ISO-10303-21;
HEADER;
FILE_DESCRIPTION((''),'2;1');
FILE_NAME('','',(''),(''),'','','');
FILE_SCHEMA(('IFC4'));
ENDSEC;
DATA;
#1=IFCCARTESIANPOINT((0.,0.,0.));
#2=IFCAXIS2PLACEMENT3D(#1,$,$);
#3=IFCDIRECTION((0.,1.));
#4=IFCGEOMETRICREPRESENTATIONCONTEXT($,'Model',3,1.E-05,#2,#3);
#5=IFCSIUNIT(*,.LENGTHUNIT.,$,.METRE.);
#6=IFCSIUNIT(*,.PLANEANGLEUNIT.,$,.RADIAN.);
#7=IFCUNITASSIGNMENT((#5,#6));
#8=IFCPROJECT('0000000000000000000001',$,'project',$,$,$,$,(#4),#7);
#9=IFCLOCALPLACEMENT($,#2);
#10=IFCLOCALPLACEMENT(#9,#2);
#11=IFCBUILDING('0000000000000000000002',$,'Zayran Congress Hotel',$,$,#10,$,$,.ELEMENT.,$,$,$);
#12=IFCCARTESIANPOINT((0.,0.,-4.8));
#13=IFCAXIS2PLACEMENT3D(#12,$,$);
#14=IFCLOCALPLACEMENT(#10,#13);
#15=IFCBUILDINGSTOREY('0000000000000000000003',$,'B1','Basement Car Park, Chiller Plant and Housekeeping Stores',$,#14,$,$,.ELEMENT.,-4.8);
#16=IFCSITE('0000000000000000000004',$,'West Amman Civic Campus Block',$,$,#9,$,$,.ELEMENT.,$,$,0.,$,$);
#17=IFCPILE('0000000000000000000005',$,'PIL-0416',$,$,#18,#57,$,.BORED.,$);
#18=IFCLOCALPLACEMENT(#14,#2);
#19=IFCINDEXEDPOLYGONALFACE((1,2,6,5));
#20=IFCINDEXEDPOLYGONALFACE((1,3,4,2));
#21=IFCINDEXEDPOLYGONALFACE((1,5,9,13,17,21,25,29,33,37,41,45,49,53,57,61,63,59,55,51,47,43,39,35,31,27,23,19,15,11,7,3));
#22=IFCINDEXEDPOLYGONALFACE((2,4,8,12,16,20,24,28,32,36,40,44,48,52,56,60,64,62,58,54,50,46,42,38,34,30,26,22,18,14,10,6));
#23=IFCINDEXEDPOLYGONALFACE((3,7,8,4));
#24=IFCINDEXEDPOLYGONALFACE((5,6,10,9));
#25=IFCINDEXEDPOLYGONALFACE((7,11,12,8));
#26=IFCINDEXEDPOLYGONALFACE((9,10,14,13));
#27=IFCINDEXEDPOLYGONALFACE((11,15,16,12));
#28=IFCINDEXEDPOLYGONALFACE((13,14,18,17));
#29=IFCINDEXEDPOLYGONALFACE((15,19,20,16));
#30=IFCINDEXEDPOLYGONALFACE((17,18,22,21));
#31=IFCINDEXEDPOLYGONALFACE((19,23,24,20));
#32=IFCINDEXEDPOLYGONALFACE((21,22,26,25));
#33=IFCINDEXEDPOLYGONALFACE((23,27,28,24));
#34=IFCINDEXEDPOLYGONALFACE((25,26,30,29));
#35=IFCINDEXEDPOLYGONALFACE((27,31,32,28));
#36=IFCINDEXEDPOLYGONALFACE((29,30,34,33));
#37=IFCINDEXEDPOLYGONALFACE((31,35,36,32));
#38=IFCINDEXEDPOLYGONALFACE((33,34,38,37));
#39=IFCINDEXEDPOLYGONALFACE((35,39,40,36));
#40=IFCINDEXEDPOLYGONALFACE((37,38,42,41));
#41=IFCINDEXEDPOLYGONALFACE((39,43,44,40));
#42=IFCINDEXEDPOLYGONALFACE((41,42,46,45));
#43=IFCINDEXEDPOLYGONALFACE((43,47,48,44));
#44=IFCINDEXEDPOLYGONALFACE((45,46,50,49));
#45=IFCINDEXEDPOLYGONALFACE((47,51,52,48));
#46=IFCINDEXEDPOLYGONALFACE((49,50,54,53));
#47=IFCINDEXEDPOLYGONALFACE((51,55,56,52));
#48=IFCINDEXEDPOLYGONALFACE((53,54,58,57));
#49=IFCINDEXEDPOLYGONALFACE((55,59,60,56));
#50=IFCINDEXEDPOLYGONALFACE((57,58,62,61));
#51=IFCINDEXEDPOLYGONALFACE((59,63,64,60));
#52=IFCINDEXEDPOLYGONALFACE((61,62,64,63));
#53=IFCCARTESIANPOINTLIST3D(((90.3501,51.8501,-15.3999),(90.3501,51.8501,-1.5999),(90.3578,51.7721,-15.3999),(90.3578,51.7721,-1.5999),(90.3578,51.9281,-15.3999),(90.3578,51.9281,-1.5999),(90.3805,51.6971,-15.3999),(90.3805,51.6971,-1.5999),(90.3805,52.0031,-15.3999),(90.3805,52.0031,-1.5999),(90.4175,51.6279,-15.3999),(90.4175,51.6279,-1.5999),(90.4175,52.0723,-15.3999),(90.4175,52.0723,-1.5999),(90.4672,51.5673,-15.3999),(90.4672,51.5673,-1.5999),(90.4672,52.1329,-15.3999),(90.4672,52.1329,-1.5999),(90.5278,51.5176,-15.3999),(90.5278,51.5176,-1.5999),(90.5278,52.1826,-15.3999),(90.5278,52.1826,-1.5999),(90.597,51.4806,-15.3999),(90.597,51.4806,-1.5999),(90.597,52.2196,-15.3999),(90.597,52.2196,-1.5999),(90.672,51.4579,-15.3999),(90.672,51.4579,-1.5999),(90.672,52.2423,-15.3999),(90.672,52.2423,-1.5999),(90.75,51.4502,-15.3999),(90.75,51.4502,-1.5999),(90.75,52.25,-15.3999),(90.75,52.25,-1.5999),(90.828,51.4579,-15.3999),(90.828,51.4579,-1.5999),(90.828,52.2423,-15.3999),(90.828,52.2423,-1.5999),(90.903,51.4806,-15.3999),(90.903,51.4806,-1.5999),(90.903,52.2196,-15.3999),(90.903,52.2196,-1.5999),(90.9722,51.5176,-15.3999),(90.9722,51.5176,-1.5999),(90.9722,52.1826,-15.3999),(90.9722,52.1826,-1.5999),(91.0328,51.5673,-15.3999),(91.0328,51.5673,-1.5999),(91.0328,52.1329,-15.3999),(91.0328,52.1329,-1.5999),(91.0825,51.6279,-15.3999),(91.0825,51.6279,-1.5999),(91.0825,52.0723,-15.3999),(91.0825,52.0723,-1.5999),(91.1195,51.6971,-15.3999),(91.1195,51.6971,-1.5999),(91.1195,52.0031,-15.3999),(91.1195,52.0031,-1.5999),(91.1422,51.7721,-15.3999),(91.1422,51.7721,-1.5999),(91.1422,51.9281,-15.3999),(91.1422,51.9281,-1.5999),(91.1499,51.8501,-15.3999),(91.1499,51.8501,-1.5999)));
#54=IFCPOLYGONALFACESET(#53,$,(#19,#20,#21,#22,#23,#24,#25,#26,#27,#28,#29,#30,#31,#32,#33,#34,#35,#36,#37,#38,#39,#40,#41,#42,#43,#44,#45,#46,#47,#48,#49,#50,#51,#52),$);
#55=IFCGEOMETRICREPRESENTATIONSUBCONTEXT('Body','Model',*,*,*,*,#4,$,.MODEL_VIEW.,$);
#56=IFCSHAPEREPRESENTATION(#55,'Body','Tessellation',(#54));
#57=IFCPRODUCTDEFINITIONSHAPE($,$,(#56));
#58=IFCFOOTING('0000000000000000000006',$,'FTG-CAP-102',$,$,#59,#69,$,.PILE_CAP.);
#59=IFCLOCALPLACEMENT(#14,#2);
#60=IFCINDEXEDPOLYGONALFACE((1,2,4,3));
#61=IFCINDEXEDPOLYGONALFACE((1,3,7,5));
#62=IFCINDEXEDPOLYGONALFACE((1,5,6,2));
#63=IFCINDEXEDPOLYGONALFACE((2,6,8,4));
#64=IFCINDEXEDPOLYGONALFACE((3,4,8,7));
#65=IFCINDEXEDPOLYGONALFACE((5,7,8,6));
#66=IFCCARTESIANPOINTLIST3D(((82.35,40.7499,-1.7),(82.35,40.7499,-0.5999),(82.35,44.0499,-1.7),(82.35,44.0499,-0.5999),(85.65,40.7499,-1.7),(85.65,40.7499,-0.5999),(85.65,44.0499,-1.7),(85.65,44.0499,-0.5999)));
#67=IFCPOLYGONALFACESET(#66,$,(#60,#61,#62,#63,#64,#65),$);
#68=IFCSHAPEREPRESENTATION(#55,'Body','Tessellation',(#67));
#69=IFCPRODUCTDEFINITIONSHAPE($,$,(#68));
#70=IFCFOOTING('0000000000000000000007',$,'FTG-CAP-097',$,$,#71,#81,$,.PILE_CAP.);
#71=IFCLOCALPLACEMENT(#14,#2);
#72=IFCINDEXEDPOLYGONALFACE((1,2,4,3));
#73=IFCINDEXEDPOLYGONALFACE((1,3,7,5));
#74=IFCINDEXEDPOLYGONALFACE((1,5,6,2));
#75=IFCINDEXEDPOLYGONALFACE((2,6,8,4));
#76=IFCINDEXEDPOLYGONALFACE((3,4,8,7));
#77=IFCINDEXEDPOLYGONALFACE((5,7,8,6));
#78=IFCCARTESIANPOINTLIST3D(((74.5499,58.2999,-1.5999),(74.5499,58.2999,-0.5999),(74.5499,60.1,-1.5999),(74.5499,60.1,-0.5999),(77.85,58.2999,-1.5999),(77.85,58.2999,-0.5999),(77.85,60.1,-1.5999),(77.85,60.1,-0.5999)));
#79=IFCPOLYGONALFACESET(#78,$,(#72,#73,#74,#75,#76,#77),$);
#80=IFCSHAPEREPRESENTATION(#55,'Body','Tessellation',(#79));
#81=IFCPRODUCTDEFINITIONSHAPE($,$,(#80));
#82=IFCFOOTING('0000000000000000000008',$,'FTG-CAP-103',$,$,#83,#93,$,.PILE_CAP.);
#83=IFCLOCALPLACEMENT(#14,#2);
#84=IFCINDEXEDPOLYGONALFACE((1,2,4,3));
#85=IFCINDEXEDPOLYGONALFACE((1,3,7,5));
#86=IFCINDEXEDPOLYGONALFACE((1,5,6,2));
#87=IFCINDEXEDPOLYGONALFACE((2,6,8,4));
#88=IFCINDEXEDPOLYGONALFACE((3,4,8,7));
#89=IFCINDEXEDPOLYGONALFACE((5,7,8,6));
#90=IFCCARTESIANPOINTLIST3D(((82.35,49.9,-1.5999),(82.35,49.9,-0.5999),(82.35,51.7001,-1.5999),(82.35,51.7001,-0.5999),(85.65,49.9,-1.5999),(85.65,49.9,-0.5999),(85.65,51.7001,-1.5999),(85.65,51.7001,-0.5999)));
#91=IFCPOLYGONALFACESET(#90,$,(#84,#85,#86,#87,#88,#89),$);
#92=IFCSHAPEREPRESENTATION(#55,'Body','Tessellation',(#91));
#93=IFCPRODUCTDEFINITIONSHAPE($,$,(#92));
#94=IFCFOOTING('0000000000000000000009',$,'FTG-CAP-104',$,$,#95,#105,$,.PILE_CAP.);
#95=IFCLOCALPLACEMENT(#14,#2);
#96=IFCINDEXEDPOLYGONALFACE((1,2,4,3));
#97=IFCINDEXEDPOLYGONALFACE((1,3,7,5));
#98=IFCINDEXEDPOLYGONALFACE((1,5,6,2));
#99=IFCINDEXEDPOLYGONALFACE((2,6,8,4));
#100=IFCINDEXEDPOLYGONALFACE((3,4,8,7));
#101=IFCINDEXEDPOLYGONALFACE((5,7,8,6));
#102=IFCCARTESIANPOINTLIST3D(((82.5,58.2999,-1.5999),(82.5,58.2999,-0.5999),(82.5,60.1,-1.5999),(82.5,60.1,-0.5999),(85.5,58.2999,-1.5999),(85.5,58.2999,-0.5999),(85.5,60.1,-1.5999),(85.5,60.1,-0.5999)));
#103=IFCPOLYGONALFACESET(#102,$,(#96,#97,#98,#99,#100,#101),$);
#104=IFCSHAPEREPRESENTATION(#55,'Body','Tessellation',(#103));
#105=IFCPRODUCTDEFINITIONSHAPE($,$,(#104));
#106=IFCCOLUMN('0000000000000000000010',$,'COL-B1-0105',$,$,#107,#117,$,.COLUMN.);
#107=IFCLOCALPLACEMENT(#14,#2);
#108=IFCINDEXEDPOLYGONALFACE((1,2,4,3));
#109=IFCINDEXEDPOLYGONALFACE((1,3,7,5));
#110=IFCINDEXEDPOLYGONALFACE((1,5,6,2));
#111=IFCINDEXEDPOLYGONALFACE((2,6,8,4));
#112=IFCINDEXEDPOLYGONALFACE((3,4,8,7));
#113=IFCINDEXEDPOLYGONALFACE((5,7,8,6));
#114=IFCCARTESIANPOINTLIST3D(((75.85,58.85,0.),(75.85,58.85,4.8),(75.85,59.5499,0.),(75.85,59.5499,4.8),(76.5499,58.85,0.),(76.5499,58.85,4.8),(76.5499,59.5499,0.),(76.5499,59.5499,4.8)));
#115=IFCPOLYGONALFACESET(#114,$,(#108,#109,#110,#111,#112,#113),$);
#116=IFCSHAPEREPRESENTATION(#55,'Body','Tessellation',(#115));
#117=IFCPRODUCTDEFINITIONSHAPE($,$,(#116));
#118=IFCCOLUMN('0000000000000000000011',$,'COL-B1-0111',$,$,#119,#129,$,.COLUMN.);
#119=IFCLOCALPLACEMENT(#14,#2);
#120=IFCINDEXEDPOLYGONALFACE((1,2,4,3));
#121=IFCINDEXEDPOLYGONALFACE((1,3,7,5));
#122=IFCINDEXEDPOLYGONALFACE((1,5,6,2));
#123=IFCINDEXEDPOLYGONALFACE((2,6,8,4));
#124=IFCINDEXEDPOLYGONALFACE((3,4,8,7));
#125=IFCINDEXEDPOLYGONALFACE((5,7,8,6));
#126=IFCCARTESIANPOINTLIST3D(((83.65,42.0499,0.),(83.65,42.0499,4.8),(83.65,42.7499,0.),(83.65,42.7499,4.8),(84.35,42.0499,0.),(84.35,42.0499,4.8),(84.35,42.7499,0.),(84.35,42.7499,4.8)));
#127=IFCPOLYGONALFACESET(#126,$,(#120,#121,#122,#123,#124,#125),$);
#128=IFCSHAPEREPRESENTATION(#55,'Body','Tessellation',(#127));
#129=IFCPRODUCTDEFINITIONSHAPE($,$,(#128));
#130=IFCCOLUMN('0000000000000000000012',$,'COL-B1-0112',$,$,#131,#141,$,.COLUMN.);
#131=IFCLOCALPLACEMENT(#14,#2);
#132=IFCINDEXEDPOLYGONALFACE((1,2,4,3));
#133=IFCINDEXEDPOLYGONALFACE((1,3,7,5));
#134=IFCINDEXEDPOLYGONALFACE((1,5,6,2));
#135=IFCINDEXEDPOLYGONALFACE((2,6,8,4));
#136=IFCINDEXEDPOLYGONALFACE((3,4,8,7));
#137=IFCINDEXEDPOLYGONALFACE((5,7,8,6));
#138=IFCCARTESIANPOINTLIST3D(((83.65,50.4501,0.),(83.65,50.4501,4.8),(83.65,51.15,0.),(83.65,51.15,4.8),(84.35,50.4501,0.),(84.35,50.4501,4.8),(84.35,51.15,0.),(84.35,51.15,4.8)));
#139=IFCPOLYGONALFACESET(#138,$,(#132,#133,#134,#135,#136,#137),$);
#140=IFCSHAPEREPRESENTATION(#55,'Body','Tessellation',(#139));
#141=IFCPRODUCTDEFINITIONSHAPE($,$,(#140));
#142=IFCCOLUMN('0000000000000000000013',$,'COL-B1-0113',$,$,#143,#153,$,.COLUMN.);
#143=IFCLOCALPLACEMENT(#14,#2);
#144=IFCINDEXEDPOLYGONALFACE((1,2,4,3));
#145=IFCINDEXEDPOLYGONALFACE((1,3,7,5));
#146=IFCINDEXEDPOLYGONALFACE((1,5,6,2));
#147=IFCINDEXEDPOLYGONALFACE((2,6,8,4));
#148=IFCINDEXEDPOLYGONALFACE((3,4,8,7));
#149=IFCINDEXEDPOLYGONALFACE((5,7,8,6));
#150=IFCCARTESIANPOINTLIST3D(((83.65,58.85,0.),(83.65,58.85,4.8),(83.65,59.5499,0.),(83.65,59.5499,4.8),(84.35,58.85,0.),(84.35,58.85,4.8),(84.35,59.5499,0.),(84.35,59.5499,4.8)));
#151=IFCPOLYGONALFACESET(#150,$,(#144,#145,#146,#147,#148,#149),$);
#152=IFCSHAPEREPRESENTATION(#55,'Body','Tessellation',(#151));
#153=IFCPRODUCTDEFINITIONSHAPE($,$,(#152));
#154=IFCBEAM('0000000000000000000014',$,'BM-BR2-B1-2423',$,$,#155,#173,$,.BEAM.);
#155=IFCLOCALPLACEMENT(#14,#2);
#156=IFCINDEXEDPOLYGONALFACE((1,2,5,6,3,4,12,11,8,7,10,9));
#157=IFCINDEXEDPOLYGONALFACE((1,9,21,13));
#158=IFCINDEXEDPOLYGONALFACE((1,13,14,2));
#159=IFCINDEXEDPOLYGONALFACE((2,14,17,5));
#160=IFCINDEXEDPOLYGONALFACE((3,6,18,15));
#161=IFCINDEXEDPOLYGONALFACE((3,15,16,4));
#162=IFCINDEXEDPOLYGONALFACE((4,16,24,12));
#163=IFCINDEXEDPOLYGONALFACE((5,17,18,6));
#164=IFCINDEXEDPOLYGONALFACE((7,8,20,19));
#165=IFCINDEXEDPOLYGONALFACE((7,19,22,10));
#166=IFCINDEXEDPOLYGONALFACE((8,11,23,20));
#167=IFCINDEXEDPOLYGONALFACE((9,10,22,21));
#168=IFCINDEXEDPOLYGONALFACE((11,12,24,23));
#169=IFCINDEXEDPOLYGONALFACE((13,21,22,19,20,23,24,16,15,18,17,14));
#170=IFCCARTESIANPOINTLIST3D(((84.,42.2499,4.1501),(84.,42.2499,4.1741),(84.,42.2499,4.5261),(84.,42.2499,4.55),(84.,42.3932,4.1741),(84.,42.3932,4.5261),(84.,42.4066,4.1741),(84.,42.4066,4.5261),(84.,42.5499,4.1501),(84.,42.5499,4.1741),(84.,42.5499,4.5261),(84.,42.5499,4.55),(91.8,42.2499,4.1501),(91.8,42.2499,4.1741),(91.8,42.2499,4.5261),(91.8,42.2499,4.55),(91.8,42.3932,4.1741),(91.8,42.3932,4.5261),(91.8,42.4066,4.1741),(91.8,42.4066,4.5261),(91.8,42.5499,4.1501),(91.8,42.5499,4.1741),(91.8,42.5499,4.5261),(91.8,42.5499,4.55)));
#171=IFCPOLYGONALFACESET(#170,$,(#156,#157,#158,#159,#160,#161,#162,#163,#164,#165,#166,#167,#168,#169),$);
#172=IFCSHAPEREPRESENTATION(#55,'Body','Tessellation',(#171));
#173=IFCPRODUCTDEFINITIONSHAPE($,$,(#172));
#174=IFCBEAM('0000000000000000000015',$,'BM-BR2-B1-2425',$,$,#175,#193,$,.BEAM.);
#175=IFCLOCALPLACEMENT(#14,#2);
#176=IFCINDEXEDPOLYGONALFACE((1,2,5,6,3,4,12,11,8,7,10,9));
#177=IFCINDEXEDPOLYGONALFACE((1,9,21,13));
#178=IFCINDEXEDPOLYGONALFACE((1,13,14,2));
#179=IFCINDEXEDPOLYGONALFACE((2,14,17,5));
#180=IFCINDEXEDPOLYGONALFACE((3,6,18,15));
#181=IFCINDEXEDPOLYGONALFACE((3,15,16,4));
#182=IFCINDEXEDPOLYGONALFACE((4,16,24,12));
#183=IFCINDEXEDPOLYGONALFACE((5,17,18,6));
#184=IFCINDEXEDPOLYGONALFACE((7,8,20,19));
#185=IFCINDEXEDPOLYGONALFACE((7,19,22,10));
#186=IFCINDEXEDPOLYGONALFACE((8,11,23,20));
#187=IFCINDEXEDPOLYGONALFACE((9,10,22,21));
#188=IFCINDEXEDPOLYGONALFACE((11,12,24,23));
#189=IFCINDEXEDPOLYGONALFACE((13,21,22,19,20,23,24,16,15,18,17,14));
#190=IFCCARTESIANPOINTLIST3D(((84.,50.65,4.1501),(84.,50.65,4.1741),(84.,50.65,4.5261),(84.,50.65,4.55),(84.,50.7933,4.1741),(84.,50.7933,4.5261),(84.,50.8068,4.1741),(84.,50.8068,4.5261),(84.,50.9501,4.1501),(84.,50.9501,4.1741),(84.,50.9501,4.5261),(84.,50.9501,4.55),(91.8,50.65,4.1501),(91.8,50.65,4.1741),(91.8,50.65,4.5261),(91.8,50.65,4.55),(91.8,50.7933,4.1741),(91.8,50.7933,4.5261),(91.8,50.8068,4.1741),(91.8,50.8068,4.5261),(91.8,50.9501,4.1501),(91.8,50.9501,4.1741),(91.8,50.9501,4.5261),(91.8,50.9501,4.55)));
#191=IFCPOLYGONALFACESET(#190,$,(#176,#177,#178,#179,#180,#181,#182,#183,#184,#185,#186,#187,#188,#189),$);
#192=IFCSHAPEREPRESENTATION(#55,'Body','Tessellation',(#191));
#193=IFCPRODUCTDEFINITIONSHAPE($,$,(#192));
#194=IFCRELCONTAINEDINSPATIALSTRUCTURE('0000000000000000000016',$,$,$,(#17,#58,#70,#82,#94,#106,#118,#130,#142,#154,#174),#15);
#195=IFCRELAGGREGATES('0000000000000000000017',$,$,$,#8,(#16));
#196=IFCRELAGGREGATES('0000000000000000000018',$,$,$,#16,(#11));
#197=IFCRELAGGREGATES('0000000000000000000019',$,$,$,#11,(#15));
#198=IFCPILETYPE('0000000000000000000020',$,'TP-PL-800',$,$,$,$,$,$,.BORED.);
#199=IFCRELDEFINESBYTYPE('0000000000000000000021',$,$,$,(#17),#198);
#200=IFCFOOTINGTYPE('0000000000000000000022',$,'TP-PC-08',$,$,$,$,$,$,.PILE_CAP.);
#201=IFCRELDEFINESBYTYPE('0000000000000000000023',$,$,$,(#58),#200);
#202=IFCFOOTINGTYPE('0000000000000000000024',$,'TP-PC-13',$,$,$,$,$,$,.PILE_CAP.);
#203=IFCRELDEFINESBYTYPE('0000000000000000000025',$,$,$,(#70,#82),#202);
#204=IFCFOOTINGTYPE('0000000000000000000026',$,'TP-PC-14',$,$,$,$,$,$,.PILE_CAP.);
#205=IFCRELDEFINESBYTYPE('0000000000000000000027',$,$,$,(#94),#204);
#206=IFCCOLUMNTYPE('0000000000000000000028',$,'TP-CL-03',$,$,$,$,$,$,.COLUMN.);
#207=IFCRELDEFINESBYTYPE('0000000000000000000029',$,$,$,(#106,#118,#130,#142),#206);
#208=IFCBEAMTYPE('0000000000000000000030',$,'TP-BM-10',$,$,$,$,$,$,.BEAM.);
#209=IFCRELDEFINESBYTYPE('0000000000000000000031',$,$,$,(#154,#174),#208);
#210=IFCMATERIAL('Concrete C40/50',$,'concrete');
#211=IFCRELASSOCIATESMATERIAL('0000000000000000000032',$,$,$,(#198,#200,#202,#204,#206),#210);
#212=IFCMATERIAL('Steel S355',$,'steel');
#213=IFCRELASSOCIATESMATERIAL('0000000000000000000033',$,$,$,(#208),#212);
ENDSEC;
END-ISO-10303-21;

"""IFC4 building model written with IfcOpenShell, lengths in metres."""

from ifc_helpers import new_model, si_unit, direction, frame, origin, origin_2d, place, context, subcontext, project, spatial, rectangle, circle, i_section, extrude, material, material_profile, profile_set, type_object, element, save


model = new_model("IFC4")

# Units and contexts
model_context = context("Model", 3, precision=1e-05, world=origin(), true_north=direction((0.0, 1.0)))
body_context = subcontext(model_context, "Body", "Model", "MODEL_VIEW")
ifc_project = project(units=[si_unit("LENGTHUNIT", "METRE"), si_unit("PLANEANGLEUNIT", "RADIAN")], contexts=[model_context])

# Site, building, storey
site_placement = place(None, origin())
site = spatial("IfcSite", under=ifc_project, at=site_placement, Name="West Amman Civic Campus Block", CompositionType="ELEMENT", RefElevation=0.0)
building_placement = place(site_placement, origin())
building = spatial("IfcBuilding", under=site, at=building_placement, Name="Zayran Congress Hotel", CompositionType="ELEMENT")
storey_placement = place(building_placement, frame((0.0, 0.0, -4.8)))
storey = spatial("IfcBuildingStorey", under=building, at=storey_placement, Name="B1", Description="Basement Car Park, Chiller Plant and Housekeeping Stores", CompositionType="ELEMENT", Elevation=-4.8)

# Pile
ifc_material_1 = material(Name="Concrete C40/50", Category="concrete")
ifc_material_profile_1 = material_profile(ifc_material_1, circle(Radius=0.3999, at=origin_2d()), Name="PILE D800")
ifc_profile_set_1 = profile_set([ifc_material_profile_1], Name="Concrete C40/50")
pile_type_1 = type_object("IfcPileType", Name="TP-PL-800", PredefinedType="BORED", material=ifc_profile_set_1)
for number, where, z_axis, x_axis, name in (
    (1, (90.75, 51.8501, -1.5999), (0.0, 0.0, -1.0), (1.0, 0.0, 0.0), "PIL-0416"),
):
    element("IfcPile", number, at=place(storey_placement, frame(where, z_axis=z_axis, x_axis=x_axis)), inside=storey, type_object=pile_type_1, Name=name, PredefinedType="BORED", context=body_context, shape_type="SweptSolid", body=[
        extrude(circle(Radius=0.3999, at=origin_2d()), origin(), (0.0, 0.0, 1.0), 13.8),
    ])

# Footings
footing_type_1 = type_object("IfcFootingType", Name="TP-PC-08", PredefinedType="PILE_CAP", material=ifc_material_1)
footing_1_placement = place(storey_placement, frame((84.0, 42.3999, -1.7), z_axis=(0.0, 0.0, 1.0), x_axis=(1.0, 0.0, 0.0)))
element("IfcFooting", 2, at=footing_1_placement, inside=storey, type_object=footing_type_1, Name="FTG-CAP-102", PredefinedType="PILE_CAP", context=body_context, shape_type="SweptSolid", body=[
    extrude(rectangle(XDim=3.3, YDim=3.3, at=origin_2d()), origin(), (0.0, 0.0, 1.0), 1.1001),
])
footing_type_2 = type_object("IfcFootingType", Name="TP-PC-13", PredefinedType="PILE_CAP", material=ifc_material_1)
for number, where, z_axis, x_axis, name in (
    (3, (76.2, 59.2, -1.5999), (0.0, 0.0, 1.0), (1.0, 0.0, 0.0), "FTG-CAP-097"),
    (4, (84.0, 50.8, -1.5999), (0.0, 0.0, 1.0), (1.0, 0.0, 0.0), "FTG-CAP-103"),
):
    element("IfcFooting", number, at=place(storey_placement, frame(where, z_axis=z_axis, x_axis=x_axis)), inside=storey, type_object=footing_type_2, Name=name, PredefinedType="PILE_CAP", context=body_context, shape_type="SweptSolid", body=[
        extrude(rectangle(XDim=3.3, YDim=1.8, at=origin_2d()), origin(), (0.0, 0.0, 1.0), 1.0),
    ])
footing_type_3 = type_object("IfcFootingType", Name="TP-PC-14", PredefinedType="PILE_CAP", material=ifc_material_1)
footing_2_placement = place(storey_placement, frame((84.0, 59.2, -1.5999), z_axis=(0.0, 0.0, 1.0), x_axis=(1.0, 0.0, 0.0)))
element("IfcFooting", 5, at=footing_2_placement, inside=storey, type_object=footing_type_3, Name="FTG-CAP-104", PredefinedType="PILE_CAP", context=body_context, shape_type="SweptSolid", body=[
    extrude(rectangle(XDim=3.0, YDim=1.8, at=origin_2d()), origin(), (0.0, 0.0, 1.0), 1.0),
])

# Columns
ifc_material_profile_2 = material_profile(ifc_material_1, rectangle(XDim=0.7, YDim=0.7, at=origin_2d()), Name="RC 700x700")
ifc_profile_set_2 = profile_set([ifc_material_profile_2], Name="Concrete C40/50")
column_type = type_object("IfcColumnType", Name="TP-CL-03", PredefinedType="COLUMN", material=ifc_profile_set_2)
for number, where, z_axis, x_axis, name in (
    (6, (76.2, 59.2, 0.0), (0.0, 0.0, 1.0), (1.0, 0.0, 0.0), "COL-B1-0105"),
    (7, (84.0, 42.3999, 0.0), (0.0, 0.0, 1.0), (1.0, 0.0, 0.0), "COL-B1-0111"),
    (8, (84.0, 50.8, 0.0), (0.0, 0.0, 1.0), (1.0, 0.0, 0.0), "COL-B1-0112"),
    (9, (84.0, 59.2, 0.0), (0.0, 0.0, 1.0), (1.0, 0.0, 0.0), "COL-B1-0113"),
):
    element("IfcColumn", number, at=place(storey_placement, frame(where, z_axis=z_axis, x_axis=x_axis)), inside=storey, type_object=column_type, Name=name, PredefinedType="COLUMN", context=body_context, shape_type="SweptSolid", body=[
        extrude(rectangle(XDim=0.7, YDim=0.7, at=origin_2d()), origin(), (0.0, 0.0, 1.0), 4.8),
    ])

# Beams
ifc_material_2 = material(Name="Steel S355", Category="steel")
ifc_material_profile_3 = material_profile(ifc_material_2, i_section(OverallWidth=0.3, OverallDepth=0.3999, WebThickness=0.0134, FlangeThickness=0.0239, at=origin_2d()), Name="HEB 400")
ifc_profile_set_3 = profile_set([ifc_material_profile_3], Name="Steel S355")
beam_type = type_object("IfcBeamType", Name="TP-BM-10", PredefinedType="BEAM", material=ifc_profile_set_3)
for number, where, z_axis, x_axis, name in (
    (10, (84.0, 42.3999, 4.3501), (1.0, 0.0, 0.0), (0.0, 1.0, 0.0), "BM-BR2-B1-2423"),
    (11, (84.0, 50.8, 4.3501), (1.0, 0.0, 0.0), (0.0, 1.0, 0.0), "BM-BR2-B1-2425"),
):
    element("IfcBeam", number, at=place(storey_placement, frame(where, z_axis=z_axis, x_axis=x_axis)), inside=storey, type_object=beam_type, Name=name, PredefinedType="BEAM", context=body_context, shape_type="SweptSolid", body=[
        extrude(i_section(OverallWidth=0.3, OverallDepth=0.3999, WebThickness=0.0134, FlangeThickness=0.0239, at=origin_2d()), origin(), (0.0, 0.0, 1.0), 7.8),
    ])

save(model, "model.ifc")
